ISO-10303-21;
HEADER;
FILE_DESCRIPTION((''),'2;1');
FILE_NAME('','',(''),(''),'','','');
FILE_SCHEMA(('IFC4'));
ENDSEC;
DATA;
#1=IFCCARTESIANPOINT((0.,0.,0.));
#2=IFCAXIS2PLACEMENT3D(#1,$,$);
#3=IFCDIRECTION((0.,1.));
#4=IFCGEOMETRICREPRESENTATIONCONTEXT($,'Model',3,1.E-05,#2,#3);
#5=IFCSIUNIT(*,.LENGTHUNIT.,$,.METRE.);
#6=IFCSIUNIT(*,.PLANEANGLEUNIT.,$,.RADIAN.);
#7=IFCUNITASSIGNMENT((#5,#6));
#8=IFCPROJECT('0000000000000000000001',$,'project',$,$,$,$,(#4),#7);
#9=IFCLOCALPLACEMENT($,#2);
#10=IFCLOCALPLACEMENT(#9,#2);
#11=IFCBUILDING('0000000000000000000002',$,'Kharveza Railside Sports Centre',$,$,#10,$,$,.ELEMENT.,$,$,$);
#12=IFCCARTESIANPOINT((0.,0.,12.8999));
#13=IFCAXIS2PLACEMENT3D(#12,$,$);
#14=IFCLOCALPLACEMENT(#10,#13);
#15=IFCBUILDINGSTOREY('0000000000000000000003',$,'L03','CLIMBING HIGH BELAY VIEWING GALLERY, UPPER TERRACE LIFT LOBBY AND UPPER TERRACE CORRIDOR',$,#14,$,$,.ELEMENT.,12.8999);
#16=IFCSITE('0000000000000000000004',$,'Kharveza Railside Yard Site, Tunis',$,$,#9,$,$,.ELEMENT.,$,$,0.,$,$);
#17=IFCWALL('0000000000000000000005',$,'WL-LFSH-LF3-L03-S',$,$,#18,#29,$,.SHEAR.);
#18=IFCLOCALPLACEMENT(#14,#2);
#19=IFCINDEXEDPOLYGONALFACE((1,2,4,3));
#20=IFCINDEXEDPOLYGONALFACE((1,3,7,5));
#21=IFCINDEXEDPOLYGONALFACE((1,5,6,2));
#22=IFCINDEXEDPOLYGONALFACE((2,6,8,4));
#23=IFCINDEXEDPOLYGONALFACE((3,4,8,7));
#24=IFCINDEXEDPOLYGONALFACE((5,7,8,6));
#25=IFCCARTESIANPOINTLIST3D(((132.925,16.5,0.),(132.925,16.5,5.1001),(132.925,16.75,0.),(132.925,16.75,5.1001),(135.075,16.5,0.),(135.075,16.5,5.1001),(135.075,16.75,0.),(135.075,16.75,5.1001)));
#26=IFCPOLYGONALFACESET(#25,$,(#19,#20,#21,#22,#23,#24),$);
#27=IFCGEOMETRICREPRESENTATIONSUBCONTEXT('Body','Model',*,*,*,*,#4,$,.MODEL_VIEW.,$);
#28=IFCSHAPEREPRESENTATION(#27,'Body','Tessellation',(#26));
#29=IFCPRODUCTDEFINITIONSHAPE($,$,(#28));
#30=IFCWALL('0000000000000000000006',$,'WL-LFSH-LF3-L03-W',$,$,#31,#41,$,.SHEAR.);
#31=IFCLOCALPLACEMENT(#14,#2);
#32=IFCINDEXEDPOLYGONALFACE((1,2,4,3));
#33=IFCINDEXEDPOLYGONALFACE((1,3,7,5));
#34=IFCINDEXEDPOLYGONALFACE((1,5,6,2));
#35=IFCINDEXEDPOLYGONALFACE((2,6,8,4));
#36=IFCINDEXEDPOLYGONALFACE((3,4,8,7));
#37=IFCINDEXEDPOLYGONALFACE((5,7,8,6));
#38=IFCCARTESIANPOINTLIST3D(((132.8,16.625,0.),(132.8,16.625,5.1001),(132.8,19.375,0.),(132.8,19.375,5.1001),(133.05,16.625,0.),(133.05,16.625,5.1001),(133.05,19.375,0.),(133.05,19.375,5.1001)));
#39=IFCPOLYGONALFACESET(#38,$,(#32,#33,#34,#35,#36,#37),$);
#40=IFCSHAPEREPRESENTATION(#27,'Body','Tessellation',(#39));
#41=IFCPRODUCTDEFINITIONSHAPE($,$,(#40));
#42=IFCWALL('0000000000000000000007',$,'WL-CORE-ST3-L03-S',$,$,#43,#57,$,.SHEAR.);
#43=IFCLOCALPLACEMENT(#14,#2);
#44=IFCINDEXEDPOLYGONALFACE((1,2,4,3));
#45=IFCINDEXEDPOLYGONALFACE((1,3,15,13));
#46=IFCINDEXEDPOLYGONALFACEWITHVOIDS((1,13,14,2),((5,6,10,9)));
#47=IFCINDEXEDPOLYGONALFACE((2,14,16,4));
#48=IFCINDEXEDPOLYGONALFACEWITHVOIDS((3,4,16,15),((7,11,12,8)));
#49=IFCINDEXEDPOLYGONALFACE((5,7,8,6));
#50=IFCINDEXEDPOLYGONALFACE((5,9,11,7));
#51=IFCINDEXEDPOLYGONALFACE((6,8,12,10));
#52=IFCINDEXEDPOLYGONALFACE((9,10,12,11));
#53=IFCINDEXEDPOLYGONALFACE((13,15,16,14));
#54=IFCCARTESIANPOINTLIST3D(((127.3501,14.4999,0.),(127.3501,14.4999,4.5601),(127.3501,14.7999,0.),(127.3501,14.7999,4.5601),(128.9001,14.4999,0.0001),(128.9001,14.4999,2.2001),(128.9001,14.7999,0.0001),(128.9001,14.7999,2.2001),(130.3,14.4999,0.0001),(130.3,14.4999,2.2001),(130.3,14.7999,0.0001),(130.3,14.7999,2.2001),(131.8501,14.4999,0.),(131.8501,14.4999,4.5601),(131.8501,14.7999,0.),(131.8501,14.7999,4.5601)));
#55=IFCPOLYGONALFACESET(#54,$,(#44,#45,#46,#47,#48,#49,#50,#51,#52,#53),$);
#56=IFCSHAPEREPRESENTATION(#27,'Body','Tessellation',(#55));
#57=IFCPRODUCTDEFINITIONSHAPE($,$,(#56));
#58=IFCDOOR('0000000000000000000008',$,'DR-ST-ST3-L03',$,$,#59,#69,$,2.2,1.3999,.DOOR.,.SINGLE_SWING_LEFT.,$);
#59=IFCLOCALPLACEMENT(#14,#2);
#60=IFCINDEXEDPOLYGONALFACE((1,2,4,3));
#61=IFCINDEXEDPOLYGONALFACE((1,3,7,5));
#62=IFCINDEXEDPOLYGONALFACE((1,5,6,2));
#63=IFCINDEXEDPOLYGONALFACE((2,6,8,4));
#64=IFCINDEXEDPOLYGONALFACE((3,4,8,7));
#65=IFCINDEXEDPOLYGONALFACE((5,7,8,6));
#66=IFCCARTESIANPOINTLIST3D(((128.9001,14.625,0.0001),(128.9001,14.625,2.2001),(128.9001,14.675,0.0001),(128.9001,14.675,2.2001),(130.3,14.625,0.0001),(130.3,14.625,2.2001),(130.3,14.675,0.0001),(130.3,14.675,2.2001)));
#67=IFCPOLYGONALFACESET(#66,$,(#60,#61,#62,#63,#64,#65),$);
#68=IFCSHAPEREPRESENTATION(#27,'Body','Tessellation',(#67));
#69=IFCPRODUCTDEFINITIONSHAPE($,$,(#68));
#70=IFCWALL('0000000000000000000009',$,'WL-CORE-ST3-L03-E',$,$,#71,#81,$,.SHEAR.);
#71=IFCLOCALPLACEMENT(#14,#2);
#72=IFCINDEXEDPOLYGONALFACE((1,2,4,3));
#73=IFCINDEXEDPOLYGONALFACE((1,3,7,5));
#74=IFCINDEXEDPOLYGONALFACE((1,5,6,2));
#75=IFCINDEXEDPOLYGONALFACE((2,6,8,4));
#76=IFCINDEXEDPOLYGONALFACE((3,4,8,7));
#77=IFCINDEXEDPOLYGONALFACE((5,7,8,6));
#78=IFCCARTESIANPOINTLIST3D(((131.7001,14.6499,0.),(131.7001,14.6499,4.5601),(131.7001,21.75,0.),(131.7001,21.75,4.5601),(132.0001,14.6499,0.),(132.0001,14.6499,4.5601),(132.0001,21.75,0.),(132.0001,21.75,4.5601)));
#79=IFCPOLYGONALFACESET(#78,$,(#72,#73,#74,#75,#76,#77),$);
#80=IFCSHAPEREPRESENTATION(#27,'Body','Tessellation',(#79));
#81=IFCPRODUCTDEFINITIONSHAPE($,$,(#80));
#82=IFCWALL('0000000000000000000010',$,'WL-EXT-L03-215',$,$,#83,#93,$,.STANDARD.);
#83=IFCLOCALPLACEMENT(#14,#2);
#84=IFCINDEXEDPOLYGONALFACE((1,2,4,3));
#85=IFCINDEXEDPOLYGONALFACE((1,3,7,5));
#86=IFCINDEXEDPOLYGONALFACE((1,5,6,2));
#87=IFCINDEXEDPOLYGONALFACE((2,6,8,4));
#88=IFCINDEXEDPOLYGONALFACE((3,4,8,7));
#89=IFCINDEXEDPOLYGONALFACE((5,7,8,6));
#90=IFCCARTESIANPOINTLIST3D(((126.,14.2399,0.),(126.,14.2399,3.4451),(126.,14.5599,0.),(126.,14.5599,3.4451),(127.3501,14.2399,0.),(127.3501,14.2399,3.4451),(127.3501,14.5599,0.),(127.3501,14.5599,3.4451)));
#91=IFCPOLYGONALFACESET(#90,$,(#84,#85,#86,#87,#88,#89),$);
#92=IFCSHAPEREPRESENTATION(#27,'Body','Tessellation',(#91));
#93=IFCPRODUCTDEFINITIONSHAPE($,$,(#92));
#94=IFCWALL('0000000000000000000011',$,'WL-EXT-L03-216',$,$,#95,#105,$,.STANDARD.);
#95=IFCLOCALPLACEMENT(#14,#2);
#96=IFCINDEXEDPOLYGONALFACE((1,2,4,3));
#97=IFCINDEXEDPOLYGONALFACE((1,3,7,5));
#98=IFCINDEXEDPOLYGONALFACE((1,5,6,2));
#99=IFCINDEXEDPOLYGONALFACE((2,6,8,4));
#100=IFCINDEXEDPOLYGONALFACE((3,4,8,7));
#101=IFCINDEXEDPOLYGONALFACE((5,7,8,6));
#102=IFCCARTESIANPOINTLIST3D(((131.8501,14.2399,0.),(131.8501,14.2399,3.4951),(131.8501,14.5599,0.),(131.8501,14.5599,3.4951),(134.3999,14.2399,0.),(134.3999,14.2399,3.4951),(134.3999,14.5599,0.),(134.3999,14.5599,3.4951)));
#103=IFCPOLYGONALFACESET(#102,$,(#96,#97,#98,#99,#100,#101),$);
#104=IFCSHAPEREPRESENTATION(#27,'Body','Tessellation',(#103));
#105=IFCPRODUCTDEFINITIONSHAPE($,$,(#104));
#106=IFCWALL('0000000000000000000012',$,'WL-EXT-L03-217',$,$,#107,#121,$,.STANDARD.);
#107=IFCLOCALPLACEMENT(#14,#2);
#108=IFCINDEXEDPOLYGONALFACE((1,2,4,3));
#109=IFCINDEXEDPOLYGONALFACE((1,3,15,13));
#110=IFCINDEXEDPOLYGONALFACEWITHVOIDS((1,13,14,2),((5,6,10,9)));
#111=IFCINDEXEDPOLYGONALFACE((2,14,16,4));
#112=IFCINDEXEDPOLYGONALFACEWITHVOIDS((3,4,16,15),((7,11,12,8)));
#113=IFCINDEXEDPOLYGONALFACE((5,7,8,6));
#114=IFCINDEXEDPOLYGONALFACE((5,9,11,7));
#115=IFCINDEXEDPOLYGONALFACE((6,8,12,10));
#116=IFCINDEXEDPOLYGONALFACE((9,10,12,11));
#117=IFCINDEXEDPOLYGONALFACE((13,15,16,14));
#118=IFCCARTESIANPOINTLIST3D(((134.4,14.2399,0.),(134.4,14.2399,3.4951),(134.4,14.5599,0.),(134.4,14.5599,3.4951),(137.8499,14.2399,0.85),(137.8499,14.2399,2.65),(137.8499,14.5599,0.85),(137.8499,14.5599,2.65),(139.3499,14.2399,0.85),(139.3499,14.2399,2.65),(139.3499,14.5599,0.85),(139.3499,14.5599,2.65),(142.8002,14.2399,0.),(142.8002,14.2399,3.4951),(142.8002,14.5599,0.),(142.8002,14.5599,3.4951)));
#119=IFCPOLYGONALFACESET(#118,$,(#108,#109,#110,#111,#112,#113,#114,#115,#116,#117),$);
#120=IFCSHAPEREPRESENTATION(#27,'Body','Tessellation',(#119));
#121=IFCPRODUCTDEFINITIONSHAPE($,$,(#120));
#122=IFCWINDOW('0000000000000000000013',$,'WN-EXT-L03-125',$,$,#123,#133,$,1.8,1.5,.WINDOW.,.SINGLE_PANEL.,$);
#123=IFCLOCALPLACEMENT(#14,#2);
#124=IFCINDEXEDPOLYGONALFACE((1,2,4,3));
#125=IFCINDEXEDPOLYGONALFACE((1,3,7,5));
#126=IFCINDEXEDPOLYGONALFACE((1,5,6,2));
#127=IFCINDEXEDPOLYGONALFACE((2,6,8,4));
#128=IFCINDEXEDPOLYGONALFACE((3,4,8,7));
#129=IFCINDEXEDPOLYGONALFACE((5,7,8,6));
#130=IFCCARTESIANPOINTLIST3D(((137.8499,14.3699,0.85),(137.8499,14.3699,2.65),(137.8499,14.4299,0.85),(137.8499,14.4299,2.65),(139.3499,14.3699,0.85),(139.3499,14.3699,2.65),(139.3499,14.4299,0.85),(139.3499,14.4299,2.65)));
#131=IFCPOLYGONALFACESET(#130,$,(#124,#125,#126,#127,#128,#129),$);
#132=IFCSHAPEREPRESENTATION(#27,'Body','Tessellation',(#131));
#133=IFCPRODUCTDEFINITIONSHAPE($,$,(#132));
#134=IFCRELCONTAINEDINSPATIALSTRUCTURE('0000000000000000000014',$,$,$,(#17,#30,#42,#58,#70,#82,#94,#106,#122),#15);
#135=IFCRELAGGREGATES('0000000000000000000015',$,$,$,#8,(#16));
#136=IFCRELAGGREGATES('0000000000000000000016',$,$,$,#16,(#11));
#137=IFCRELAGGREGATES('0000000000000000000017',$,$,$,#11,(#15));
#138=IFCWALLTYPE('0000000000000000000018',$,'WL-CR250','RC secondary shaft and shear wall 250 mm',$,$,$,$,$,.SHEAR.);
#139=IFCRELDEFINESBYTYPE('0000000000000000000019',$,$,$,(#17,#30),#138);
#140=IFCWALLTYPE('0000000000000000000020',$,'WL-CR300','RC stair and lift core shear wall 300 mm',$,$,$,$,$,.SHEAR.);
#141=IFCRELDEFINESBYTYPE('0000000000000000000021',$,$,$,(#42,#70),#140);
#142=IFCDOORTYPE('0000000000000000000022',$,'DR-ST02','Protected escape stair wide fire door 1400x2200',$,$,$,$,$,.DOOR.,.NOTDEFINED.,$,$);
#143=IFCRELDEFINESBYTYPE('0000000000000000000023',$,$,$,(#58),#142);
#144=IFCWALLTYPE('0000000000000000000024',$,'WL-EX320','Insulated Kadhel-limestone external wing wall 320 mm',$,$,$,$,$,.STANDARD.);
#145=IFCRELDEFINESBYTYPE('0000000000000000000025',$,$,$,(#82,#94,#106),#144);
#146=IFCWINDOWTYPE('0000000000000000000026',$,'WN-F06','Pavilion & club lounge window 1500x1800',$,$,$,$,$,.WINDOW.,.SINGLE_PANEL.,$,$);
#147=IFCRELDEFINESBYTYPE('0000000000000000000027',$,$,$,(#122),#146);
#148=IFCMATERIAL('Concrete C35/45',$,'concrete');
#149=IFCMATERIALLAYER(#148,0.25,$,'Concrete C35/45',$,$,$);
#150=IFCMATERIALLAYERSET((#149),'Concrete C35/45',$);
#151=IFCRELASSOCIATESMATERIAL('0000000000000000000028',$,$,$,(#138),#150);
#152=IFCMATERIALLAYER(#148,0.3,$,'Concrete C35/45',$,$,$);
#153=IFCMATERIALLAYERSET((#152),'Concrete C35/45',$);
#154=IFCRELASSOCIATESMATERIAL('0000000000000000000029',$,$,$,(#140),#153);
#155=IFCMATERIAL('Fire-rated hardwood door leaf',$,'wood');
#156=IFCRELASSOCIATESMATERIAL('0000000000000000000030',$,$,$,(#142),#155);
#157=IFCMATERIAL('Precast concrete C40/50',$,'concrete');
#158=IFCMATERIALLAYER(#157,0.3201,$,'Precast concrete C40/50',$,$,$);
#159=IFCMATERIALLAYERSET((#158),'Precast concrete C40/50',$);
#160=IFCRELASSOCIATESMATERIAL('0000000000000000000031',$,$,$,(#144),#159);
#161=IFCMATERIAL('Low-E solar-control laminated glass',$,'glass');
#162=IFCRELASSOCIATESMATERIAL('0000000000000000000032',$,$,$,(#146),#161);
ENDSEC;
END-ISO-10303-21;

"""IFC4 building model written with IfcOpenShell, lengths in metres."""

from ifc_helpers import new_model, si_unit, direction, frame, frame_2d, origin, place, context, subcontext, project, spatial, rectangle, extrude, material, layer, layer_set, type_object, element, fill, save


model = new_model("IFC4")

# Units and contexts
model_context = context("Model", 3, precision=1e-05, world=origin(), true_north=direction((0.0, 1.0)))
body_context = subcontext(model_context, "Body", "Model", "MODEL_VIEW")
ifc_project = project(units=[si_unit("LENGTHUNIT", "METRE"), si_unit("PLANEANGLEUNIT", "RADIAN")], contexts=[model_context])

# Site, building, storey
site_placement = place(None, origin())
site = spatial("IfcSite", under=ifc_project, at=site_placement, Name="Kharveza Railside Yard Site, Tunis", CompositionType="ELEMENT", RefElevation=0.0)
building_placement = place(site_placement, origin())
building = spatial("IfcBuilding", under=site, at=building_placement, Name="Kharveza Railside Sports Centre", CompositionType="ELEMENT")
storey_placement = place(building_placement, frame((0.0, 0.0, 12.8999)))
storey = spatial("IfcBuildingStorey", under=building, at=storey_placement, Name="L03", Description="CLIMBING HIGH BELAY VIEWING GALLERY, UPPER TERRACE LIFT LOBBY AND UPPER TERRACE CORRIDOR", CompositionType="ELEMENT", Elevation=12.8999)

# Walls
ifc_material_1 = material(Name="Concrete C35/45", Category="concrete")
ifc_layer_1 = layer(ifc_material_1, 0.25, Name="Concrete C35/45")
ifc_layer_set_1 = layer_set([ifc_layer_1], Name="Concrete C35/45")
wall_type_1 = type_object("IfcWallType", Name="WL-CR250", Description="RC secondary shaft and shear wall 250 mm", PredefinedType="SHEAR", material=ifc_layer_set_1)
wall_1_placement = place(storey_placement, frame((132.925, 16.625, 0.0), z_axis=(0.0, 0.0, 1.0), x_axis=(1.0, 0.0, 0.0)))
element("IfcWall", 1, at=wall_1_placement, inside=storey, type_object=wall_type_1, Name="WL-LFSH-LF3-L03-S", PredefinedType="SHEAR", context=body_context, shape_type="SweptSolid", body=[
    extrude(rectangle(XDim=2.1499, YDim=0.25, at=frame_2d((1.075, 0.0))), origin(), (0.0, 0.0, 1.0), 5.1001),
])
wall_2_placement = place(storey_placement, frame((132.925, 19.375, 0.0), z_axis=(0.0, 0.0, 1.0), x_axis=(0.0, -1.0, 0.0)))
element("IfcWall", 2, at=wall_2_placement, inside=storey, type_object=wall_type_1, Name="WL-LFSH-LF3-L03-W", PredefinedType="SHEAR", context=body_context, shape_type="SweptSolid", body=[
    extrude(rectangle(XDim=2.75, YDim=0.25, at=frame_2d((1.375, 0.0))), origin(), (0.0, 0.0, 1.0), 5.1001),
])

# Wall, opening, door
ifc_layer_2 = layer(ifc_material_1, 0.3, Name="Concrete C35/45")
ifc_layer_set_2 = layer_set([ifc_layer_2], Name="Concrete C35/45")
wall_type_2 = type_object("IfcWallType", Name="WL-CR300", Description="RC stair and lift core shear wall 300 mm", PredefinedType="SHEAR", material=ifc_layer_set_2)
wall_3_placement = place(storey_placement, frame((127.3501, 14.6499, 0.0), z_axis=(0.0, 0.0, 1.0), x_axis=(1.0, 0.0, 0.0)))
wall_3 = element("IfcWall", 3, at=wall_3_placement, inside=storey, type_object=wall_type_2, Name="WL-CORE-ST3-L03-S", PredefinedType="SHEAR", context=body_context, shape_type="SweptSolid", body=[
    extrude(rectangle(XDim=4.5, YDim=0.3, at=frame_2d((2.25, 0.0))), origin(), (0.0, 0.0, 1.0), 4.5601),
])
opening_1_placement = place(wall_3_placement, frame((1.55, 0.0, 0.0)))
opening_1 = element("IfcOpeningElement", 4, at=opening_1_placement, cuts=wall_3, PredefinedType="OPENING", context=body_context, shape_type="SweptSolid", body=[
    extrude(rectangle(XDim=1.3999, YDim=2.2, at=frame_2d((0.7, 1.1001))), frame((0.0, 0.1748, 0.0), z_axis=(0.0, -1.0, 0.0), x_axis=(1.0, 0.0, 0.0)), (0.0, 0.0, 1.0), 0.3499),
])
ifc_material_2 = material(Name="Fire-rated hardwood door leaf", Category="wood")
door_type = type_object("IfcDoorType", Name="DR-ST02", Description="Protected escape stair wide fire door 1400x2200", OperationType="NOTDEFINED", PredefinedType="DOOR", material=ifc_material_2)
door_placement = place(opening_1_placement, frame((1.3999, 0.0, 0.0), z_axis=(0.0, 0.0, 1.0), x_axis=(-1.0, 0.0, 0.0)))
door = element("IfcDoor", 5, at=door_placement, inside=storey, type_object=door_type, Name="DR-ST-ST3-L03", OperationType="SINGLE_SWING_LEFT", OverallHeight=2.2, OverallWidth=1.3999, PredefinedType="DOOR", context=body_context, shape_type="SweptSolid", body=[
    extrude(rectangle(XDim=1.3999, YDim=2.2, at=frame_2d((0.7, 1.1001))), frame((0.0, 0.0249, 0.0), z_axis=(0.0, -1.0, 0.0), x_axis=(1.0, 0.0, 0.0)), (0.0, 0.0, 1.0), 0.05),
])
fill(opening_1, door)

# Walls
wall_4_placement = place(storey_placement, frame((131.8501, 14.6499, 0.0), z_axis=(0.0, 0.0, 1.0), x_axis=(0.0, 1.0, 0.0)))
element("IfcWall", 6, at=wall_4_placement, inside=storey, type_object=wall_type_2, Name="WL-CORE-ST3-L03-E", PredefinedType="SHEAR", context=body_context, shape_type="SweptSolid", body=[
    extrude(rectangle(XDim=7.1001, YDim=0.3, at=frame_2d((3.55, 0.0))), origin(), (0.0, 0.0, 1.0), 4.5601),
])
ifc_material_3 = material(Name="Precast concrete C40/50", Category="concrete")
ifc_layer_3 = layer(ifc_material_3, 0.3201, Name="Precast concrete C40/50")
ifc_layer_set_3 = layer_set([ifc_layer_3], Name="Precast concrete C40/50")
wall_type_3 = type_object("IfcWallType", Name="WL-EX320", Description="Insulated Kadhel-limestone external wing wall 320 mm", PredefinedType="STANDARD", material=ifc_layer_set_3)
wall_5_placement = place(storey_placement, frame((126.0, 14.3999, 0.0), z_axis=(0.0, 0.0, 1.0), x_axis=(1.0, 0.0, 0.0)))
element("IfcWall", 7, at=wall_5_placement, inside=storey, type_object=wall_type_3, Name="WL-EXT-L03-215", PredefinedType="STANDARD", context=body_context, shape_type="SweptSolid", body=[
    extrude(rectangle(XDim=1.3501, YDim=0.3201, at=frame_2d((0.675, 0.0))), origin(), (0.0, 0.0, 1.0), 3.4451),
])
wall_6_placement = place(storey_placement, frame((131.8501, 14.3999, 0.0), z_axis=(0.0, 0.0, 1.0), x_axis=(1.0, 0.0, 0.0)))
element("IfcWall", 8, at=wall_6_placement, inside=storey, type_object=wall_type_3, Name="WL-EXT-L03-216", PredefinedType="STANDARD", context=body_context, shape_type="SweptSolid", body=[
    extrude(rectangle(XDim=2.5498, YDim=0.3201, at=frame_2d((1.2749, 0.0))), origin(), (0.0, 0.0, 1.0), 3.4951),
])

# Wall, opening, window
wall_7_placement = place(storey_placement, frame((134.3999, 14.3999, 0.0), z_axis=(0.0, 0.0, 1.0), x_axis=(1.0, 0.0, 0.0)))
wall_7 = element("IfcWall", 9, at=wall_7_placement, inside=storey, type_object=wall_type_3, Name="WL-EXT-L03-217", PredefinedType="STANDARD", context=body_context, shape_type="SweptSolid", body=[
    extrude(rectangle(XDim=8.4001, YDim=0.3201, at=frame_2d((4.2002, 0.0))), origin(), (0.0, 0.0, 1.0), 3.4951),
])
opening_2_placement = place(wall_7_placement, frame((3.45, 0.0, 0.8501)))
opening_2 = element("IfcOpeningElement", 10, at=opening_2_placement, cuts=wall_7, PredefinedType="OPENING", context=body_context, shape_type="SweptSolid", body=[
    extrude(rectangle(XDim=1.5, YDim=1.8, at=frame_2d((0.75, 0.8999))), frame((0.0, 0.1851, 0.0), z_axis=(0.0, -1.0, 0.0), x_axis=(1.0, 0.0, 0.0)), (0.0, 0.0, 1.0), 0.3699),
])
ifc_material_4 = material(Name="Low-E solar-control laminated glass", Category="glass")
window_type = type_object("IfcWindowType", Name="WN-F06", Description="Pavilion & club lounge window 1500x1800", PartitioningType="SINGLE_PANEL", PredefinedType="WINDOW", material=ifc_material_4)
window_placement = place(opening_2_placement, origin())
window = element("IfcWindow", 11, at=window_placement, inside=storey, type_object=window_type, Name="WN-EXT-L03-125", OverallHeight=1.8, OverallWidth=1.5, PartitioningType="SINGLE_PANEL", PredefinedType="WINDOW", context=body_context, shape_type="SweptSolid", body=[
    extrude(rectangle(XDim=1.5, YDim=1.8, at=frame_2d((0.75, 0.8999))), frame((0.0, 0.03, 0.0), z_axis=(0.0, -1.0, 0.0), x_axis=(1.0, 0.0, 0.0)), (0.0, 0.0, 1.0), 0.0601),
])
fill(opening_2, window)

save(model, "model.ifc")
